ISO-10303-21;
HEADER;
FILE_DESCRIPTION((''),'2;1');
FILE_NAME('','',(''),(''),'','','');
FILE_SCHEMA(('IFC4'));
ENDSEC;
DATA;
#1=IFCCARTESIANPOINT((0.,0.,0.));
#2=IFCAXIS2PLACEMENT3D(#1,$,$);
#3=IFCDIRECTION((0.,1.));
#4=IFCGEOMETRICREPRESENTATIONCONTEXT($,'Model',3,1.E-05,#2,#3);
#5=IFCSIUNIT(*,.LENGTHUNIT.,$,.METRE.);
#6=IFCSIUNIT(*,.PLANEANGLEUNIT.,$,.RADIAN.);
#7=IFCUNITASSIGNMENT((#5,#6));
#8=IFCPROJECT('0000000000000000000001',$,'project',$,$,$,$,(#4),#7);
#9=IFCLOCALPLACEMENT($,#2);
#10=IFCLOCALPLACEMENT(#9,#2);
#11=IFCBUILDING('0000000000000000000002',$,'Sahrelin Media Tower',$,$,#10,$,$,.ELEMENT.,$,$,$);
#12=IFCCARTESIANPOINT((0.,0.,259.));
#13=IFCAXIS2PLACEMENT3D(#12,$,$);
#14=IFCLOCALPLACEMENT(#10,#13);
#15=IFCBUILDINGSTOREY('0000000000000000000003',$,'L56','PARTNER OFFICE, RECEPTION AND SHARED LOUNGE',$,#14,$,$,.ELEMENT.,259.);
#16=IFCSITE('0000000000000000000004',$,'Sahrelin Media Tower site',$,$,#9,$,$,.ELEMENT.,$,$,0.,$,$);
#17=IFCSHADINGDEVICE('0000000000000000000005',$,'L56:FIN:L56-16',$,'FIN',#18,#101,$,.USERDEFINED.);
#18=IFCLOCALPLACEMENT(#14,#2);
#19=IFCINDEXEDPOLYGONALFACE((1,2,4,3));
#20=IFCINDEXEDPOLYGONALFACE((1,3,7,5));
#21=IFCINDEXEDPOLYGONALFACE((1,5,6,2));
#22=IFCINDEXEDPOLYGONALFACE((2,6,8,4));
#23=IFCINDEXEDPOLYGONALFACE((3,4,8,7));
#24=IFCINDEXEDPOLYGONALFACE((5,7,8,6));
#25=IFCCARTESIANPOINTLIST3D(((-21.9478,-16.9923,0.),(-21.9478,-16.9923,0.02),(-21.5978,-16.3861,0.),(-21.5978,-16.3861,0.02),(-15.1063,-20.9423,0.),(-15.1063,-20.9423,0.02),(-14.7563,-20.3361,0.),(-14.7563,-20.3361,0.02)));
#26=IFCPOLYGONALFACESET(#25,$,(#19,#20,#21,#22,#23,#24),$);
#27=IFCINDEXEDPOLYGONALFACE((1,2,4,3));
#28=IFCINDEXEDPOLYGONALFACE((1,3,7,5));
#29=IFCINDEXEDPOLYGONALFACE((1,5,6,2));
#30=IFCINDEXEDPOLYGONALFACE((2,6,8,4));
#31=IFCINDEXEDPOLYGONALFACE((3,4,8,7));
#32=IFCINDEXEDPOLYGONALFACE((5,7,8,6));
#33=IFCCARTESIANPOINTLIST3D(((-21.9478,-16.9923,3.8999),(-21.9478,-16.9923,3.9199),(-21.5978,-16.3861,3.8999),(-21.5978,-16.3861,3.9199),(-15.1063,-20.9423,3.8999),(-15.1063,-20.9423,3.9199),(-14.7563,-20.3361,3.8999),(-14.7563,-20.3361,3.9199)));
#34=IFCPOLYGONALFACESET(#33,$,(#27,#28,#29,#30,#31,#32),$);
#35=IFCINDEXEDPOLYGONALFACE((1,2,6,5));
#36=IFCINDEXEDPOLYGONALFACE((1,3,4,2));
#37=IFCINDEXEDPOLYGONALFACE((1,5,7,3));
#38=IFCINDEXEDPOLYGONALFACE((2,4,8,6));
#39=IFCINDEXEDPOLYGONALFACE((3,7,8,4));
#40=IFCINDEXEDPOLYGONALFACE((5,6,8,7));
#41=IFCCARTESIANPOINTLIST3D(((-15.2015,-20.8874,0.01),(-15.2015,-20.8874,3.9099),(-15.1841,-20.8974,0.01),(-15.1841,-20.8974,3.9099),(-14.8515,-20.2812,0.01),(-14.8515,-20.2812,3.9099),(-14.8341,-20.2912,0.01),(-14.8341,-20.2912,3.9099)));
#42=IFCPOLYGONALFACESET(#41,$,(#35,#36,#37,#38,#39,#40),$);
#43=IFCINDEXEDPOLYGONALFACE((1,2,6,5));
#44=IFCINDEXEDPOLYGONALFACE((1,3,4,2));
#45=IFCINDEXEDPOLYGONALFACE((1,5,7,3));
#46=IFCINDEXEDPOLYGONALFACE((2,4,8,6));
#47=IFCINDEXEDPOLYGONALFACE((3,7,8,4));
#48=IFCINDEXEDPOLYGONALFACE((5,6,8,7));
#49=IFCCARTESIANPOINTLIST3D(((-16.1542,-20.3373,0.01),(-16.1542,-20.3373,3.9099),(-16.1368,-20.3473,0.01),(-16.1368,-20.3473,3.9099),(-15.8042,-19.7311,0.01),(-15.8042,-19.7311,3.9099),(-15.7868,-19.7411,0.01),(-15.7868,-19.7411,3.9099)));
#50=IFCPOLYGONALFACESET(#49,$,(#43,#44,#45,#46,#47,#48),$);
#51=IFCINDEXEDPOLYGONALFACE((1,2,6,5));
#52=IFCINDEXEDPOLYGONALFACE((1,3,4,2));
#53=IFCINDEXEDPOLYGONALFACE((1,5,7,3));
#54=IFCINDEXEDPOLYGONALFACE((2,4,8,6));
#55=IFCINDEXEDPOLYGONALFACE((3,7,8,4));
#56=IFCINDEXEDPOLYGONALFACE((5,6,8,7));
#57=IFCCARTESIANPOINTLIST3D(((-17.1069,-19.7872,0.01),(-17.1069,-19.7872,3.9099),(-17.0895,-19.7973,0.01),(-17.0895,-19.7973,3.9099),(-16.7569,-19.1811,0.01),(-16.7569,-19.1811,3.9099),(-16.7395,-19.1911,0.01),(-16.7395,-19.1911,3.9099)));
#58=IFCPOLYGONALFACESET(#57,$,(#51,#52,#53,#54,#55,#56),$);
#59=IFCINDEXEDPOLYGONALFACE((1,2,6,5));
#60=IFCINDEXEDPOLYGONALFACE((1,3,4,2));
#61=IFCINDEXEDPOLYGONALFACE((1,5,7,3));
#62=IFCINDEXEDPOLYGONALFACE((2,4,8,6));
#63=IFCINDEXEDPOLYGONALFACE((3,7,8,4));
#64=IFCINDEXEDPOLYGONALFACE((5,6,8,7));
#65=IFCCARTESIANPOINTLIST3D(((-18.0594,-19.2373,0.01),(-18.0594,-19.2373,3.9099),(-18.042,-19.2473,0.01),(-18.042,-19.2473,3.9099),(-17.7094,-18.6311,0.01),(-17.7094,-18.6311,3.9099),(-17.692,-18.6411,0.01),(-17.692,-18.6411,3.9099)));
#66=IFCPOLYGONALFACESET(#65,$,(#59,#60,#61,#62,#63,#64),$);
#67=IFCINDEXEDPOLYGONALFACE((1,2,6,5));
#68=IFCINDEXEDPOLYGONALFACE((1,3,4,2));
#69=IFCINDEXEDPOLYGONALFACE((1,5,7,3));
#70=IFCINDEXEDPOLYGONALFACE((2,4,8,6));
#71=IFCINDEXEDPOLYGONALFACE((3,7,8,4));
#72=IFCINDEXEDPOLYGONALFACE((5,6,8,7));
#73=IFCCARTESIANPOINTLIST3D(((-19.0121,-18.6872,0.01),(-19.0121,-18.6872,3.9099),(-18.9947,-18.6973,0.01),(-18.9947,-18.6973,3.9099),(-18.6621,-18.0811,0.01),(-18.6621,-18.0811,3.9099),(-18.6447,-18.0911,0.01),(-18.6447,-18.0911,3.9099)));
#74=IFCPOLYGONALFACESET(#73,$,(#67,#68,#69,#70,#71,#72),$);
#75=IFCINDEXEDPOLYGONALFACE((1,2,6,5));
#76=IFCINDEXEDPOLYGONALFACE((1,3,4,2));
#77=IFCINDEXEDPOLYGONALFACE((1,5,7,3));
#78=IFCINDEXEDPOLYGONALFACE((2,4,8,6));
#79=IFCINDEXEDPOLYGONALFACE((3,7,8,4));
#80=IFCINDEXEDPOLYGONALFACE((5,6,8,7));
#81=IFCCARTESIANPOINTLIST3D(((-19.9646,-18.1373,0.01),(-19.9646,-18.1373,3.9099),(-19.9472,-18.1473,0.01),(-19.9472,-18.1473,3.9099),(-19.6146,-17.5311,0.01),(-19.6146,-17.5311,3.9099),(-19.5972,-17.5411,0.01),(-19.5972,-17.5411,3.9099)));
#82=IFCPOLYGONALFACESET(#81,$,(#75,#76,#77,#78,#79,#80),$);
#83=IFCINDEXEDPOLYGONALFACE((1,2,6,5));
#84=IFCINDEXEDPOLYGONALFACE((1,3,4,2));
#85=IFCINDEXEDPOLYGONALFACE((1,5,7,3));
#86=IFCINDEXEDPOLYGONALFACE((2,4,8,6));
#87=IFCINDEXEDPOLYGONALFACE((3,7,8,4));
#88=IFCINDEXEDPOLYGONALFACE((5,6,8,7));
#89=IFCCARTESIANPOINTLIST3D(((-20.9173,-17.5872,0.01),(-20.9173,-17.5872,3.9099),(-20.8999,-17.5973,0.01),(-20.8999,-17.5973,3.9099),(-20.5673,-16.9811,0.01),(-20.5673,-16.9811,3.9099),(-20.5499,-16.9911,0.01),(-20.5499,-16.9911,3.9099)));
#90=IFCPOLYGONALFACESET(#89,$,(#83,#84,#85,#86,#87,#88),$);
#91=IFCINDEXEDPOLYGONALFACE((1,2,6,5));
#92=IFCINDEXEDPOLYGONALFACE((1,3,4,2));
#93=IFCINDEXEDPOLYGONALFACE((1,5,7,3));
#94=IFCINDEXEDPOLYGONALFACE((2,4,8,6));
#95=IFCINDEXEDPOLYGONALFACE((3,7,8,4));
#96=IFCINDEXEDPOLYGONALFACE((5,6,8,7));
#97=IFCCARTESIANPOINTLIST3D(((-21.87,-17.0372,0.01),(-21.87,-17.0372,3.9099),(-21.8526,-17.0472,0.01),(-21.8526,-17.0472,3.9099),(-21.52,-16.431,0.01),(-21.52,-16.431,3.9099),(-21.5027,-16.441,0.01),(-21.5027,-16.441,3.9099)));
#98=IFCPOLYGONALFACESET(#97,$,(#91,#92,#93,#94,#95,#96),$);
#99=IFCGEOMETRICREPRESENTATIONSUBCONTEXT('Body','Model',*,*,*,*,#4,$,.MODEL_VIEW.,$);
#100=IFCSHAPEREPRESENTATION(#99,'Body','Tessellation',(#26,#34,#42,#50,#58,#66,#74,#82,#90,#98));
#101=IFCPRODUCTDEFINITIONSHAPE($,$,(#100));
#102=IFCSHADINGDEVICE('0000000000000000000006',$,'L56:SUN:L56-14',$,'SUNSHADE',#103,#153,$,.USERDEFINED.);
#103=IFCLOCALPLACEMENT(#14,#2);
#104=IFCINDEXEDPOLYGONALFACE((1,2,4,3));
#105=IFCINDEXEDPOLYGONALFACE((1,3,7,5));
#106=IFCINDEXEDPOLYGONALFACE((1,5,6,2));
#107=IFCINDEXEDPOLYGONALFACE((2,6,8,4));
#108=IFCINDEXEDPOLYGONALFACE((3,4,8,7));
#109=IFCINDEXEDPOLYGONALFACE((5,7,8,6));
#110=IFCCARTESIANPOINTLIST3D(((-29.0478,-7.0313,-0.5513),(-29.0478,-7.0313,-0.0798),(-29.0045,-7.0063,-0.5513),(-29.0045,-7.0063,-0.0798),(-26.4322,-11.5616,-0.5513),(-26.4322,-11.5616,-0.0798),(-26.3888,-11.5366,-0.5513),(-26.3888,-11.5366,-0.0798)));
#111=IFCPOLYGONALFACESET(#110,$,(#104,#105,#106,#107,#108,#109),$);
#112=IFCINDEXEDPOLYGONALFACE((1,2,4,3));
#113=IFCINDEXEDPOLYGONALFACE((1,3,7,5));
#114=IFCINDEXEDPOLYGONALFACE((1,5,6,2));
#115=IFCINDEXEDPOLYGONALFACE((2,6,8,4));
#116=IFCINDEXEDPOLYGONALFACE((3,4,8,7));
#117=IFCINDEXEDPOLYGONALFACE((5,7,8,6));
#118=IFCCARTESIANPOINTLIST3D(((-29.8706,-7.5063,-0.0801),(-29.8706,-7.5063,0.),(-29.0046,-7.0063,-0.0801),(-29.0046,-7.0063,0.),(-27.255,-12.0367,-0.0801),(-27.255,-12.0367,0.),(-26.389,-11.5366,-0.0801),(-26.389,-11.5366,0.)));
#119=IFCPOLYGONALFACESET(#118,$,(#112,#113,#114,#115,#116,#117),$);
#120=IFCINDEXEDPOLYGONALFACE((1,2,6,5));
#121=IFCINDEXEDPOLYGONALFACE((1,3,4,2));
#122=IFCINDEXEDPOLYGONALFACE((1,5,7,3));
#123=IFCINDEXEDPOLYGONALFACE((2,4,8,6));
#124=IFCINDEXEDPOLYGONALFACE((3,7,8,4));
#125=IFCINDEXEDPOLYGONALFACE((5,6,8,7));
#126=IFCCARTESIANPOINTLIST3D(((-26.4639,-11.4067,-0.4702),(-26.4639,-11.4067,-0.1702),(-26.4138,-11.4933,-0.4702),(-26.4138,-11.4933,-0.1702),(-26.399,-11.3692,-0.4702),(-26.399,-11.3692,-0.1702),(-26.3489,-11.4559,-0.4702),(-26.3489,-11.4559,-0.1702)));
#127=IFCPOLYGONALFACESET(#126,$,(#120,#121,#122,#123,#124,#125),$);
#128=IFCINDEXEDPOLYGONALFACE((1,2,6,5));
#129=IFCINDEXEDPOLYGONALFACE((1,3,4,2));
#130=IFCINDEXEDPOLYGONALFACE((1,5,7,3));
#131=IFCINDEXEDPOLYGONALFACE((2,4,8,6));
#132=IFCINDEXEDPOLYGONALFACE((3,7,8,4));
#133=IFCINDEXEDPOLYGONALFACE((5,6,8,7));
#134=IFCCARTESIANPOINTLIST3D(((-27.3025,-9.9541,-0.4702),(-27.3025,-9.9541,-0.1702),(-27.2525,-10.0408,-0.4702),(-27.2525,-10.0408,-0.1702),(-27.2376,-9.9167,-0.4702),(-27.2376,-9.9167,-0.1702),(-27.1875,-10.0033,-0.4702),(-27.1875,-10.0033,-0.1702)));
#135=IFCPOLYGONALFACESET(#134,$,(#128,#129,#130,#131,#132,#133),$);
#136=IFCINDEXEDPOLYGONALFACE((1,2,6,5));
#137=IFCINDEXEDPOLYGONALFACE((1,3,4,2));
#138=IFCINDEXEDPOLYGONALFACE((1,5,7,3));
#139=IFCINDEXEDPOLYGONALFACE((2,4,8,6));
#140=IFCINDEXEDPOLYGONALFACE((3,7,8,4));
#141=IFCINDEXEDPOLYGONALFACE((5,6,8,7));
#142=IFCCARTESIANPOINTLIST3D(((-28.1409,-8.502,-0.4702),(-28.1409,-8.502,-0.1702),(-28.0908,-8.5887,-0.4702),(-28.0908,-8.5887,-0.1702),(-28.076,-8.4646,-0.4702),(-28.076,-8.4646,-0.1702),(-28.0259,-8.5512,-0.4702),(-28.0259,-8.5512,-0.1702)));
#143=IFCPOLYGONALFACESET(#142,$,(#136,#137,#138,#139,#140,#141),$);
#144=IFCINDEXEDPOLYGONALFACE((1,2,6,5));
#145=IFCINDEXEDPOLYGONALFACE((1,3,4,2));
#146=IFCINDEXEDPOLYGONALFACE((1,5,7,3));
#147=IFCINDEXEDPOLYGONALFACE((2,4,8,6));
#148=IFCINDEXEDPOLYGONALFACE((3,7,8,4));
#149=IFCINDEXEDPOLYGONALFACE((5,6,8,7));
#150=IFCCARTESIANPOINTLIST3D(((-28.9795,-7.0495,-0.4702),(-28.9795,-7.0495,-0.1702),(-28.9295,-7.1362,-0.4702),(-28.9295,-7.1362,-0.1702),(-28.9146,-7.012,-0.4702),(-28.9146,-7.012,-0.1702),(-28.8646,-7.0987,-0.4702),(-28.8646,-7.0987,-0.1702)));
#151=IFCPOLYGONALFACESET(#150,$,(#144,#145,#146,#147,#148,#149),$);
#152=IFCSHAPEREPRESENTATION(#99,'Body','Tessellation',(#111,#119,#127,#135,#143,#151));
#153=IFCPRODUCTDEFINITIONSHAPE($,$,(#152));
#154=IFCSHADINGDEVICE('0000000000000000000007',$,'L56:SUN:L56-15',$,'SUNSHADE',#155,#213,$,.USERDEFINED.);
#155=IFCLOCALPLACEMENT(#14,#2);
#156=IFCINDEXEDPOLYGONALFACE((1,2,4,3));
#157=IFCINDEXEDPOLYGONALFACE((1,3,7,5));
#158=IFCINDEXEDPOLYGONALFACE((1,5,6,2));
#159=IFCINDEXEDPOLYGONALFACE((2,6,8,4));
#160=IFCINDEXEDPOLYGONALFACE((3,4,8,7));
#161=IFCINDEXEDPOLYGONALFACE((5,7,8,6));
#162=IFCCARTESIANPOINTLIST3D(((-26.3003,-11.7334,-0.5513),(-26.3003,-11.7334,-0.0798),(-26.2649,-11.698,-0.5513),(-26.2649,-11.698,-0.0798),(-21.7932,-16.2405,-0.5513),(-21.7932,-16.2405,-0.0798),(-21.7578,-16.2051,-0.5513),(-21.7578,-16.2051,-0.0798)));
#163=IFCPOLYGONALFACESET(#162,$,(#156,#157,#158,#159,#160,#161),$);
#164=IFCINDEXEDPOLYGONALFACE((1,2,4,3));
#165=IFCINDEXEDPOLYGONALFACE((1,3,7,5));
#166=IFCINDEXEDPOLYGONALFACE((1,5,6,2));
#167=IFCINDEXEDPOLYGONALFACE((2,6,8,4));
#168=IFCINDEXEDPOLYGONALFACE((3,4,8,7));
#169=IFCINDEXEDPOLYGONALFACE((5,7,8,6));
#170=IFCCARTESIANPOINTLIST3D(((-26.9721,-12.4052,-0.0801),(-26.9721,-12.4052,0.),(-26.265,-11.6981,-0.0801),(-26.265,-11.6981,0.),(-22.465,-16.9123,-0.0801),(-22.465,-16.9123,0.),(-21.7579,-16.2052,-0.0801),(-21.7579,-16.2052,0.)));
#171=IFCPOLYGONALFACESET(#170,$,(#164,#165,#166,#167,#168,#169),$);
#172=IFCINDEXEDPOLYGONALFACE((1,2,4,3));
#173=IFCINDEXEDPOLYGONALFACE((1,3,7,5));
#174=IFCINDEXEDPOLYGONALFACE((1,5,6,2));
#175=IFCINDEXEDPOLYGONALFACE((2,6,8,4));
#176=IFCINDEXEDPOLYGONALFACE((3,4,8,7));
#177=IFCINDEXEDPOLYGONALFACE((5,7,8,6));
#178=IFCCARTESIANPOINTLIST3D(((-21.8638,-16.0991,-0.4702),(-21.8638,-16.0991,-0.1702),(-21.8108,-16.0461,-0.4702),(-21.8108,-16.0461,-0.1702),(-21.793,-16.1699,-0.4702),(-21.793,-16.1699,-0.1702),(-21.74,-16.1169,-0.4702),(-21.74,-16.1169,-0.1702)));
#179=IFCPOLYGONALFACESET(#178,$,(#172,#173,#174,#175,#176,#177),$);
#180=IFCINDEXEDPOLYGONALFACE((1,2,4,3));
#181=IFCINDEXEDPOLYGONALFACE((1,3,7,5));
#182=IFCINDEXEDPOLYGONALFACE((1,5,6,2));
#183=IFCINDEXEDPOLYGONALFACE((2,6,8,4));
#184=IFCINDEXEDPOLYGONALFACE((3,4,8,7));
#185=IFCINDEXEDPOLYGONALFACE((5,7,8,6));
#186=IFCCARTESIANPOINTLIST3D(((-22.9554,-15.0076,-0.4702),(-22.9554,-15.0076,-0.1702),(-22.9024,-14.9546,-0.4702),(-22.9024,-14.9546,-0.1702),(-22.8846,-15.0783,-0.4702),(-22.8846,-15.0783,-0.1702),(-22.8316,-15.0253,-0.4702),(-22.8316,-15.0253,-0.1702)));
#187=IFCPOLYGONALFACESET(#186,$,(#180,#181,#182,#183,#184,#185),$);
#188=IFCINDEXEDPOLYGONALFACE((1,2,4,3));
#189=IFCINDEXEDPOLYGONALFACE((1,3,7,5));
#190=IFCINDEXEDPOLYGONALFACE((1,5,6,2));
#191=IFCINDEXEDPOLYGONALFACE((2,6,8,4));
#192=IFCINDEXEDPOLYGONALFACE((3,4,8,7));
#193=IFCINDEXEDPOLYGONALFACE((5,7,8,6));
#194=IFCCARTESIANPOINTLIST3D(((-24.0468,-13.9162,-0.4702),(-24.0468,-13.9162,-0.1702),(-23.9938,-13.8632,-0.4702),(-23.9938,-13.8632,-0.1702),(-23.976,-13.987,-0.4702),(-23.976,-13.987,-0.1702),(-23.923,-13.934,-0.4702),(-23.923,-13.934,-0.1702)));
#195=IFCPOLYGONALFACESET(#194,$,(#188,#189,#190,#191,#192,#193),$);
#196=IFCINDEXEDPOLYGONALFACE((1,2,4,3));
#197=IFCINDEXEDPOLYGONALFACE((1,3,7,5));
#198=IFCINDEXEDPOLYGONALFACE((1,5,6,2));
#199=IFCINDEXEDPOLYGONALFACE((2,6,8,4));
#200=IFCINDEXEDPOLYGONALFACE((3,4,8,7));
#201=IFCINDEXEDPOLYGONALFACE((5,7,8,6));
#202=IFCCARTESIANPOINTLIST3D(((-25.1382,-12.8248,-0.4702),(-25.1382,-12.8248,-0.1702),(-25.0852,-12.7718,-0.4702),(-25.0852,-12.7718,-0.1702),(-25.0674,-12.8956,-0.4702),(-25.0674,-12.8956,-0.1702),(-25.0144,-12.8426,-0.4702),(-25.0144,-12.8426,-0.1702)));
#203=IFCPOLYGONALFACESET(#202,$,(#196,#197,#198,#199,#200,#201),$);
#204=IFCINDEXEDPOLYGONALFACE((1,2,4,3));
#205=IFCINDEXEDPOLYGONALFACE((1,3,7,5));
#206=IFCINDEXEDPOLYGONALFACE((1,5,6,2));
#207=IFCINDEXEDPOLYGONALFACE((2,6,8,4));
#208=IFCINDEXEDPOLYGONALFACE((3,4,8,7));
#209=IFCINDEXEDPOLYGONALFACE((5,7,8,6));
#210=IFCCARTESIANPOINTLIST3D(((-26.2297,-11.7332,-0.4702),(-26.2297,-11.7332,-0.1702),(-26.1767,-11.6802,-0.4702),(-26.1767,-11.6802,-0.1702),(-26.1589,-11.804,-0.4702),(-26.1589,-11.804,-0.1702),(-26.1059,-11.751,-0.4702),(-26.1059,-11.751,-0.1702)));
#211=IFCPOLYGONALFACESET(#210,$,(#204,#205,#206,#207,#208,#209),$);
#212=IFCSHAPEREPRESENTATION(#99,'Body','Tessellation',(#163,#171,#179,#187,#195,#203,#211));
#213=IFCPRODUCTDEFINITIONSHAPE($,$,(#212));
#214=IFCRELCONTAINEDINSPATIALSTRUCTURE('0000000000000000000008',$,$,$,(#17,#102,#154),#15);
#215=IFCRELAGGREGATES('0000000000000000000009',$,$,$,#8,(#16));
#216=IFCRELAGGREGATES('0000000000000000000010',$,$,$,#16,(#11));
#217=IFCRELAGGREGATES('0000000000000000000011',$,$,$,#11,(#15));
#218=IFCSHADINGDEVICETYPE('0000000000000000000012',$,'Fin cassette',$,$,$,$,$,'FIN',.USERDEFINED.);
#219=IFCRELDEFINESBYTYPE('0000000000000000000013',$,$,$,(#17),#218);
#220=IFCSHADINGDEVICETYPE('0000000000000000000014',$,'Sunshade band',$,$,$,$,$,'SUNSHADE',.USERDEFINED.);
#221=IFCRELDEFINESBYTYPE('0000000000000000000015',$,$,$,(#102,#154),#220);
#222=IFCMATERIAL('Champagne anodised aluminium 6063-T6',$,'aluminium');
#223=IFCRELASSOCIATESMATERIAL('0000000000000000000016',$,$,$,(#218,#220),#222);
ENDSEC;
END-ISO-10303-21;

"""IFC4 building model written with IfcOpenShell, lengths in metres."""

from ifc_helpers import new_model, si_unit, direction, frame, origin, origin_2d, place, context, subcontext, project, spatial, rectangle, extrude, material, type_object, element, save


model = new_model("IFC4")

# Units and contexts
model_context = context("Model", 3, precision=1e-05, world=origin(), true_north=direction((0.0, 1.0)))
body_context = subcontext(model_context, "Body", "Model", "MODEL_VIEW")
ifc_project = project(units=[si_unit("LENGTHUNIT", "METRE"), si_unit("PLANEANGLEUNIT", "RADIAN")], contexts=[model_context])

# Site, building, storey
site_placement = place(None, origin())
site = spatial("IfcSite", under=ifc_project, at=site_placement, Name="Sahrelin Media Tower site", CompositionType="ELEMENT", RefElevation=0.0)
building_placement = place(site_placement, origin())
building = spatial("IfcBuilding", under=site, at=building_placement, Name="Sahrelin Media Tower", CompositionType="ELEMENT")
storey_placement = place(building_placement, frame((0.0, 0.0, 259.0)))
storey = spatial("IfcBuildingStorey", under=building, at=storey_placement, Name="L56", Description="PARTNER OFFICE, RECEPTION AND SHARED LOUNGE", CompositionType="ELEMENT", Elevation=259.0)

# Shared definitions
ifc_material_1 = material(Name="Champagne anodised aluminium 6063-T6", Category="aluminium")

# Shading devices
shading_device_type_1 = type_object("IfcShadingDeviceType", Name="Fin cassette", ElementType="FIN", PredefinedType="USERDEFINED", material=ifc_material_1)
placement_1 = place(storey_placement, frame((-27.6794, -9.2615, 0.0), z_axis=(0.0, 0.0, 1.0), x_axis=(-0.500011, 0.866019, 0.0)))
placement_2 = place(storey_placement, frame((-23.9973, -13.9375, 0.0), z_axis=(0.0, 0.0, 1.0), x_axis=(-0.707107, 0.707107, 0.0)))
placement_3 = place(storey_placement, frame((-18.1421, -18.3005, 0.0), z_axis=(0.0, 0.0, 1.0), x_axis=(-0.866019, 0.500011, 0.0)))
element("IfcShadingDevice", 1, at=placement_3, inside=storey, type_object=shading_device_type_1, Name="L56:FIN:L56-16", ObjectType="FIN", PredefinedType="USERDEFINED", context=body_context, shape_type="SweptSolid", body=[
    extrude(rectangle(XDim=7.8999, YDim=0.7, at=origin_2d()), frame((0.0, 0.4199, 0.0)), (0.0, 0.0, 1.0), 0.02),
    extrude(rectangle(XDim=7.8999, YDim=0.7, at=origin_2d()), frame((0.0, 0.4199, 3.8999)), (0.0, 0.0, 1.0), 0.02),
    extrude(rectangle(XDim=0.02, YDim=0.7, at=origin_2d()), frame((-3.8501, 0.4199, 0.01), z_axis=(0.0, 0.0, 1.0), x_axis=(1.0, 0.0, 0.0)), (0.0, 0.0, 1.0), 3.8999),
    extrude(rectangle(XDim=0.02, YDim=0.7, at=origin_2d()), frame((-2.75, 0.4199, 0.01), z_axis=(0.0, 0.0, 1.0), x_axis=(1.0, 0.0, 0.0)), (0.0, 0.0, 1.0), 3.8999),
    extrude(rectangle(XDim=0.02, YDim=0.7, at=origin_2d()), frame((-1.6499, 0.4199, 0.01), z_axis=(0.0, 0.0, 1.0), x_axis=(1.0, 0.0, 0.0)), (0.0, 0.0, 1.0), 3.8999),
    extrude(rectangle(XDim=0.02, YDim=0.7, at=origin_2d()), frame((-0.55, 0.4199, 0.01), z_axis=(0.0, 0.0, 1.0), x_axis=(1.0, 0.0, 0.0)), (0.0, 0.0, 1.0), 3.8999),
    extrude(rectangle(XDim=0.02, YDim=0.7, at=origin_2d()), frame((0.55, 0.4199, 0.01), z_axis=(0.0, 0.0, 1.0), x_axis=(1.0, 0.0, 0.0)), (0.0, 0.0, 1.0), 3.8999),
    extrude(rectangle(XDim=0.02, YDim=0.7, at=origin_2d()), frame((1.6499, 0.4199, 0.01), z_axis=(0.0, 0.0, 1.0), x_axis=(1.0, 0.0, 0.0)), (0.0, 0.0, 1.0), 3.8999),
    extrude(rectangle(XDim=0.02, YDim=0.7, at=origin_2d()), frame((2.75, 0.4199, 0.01), z_axis=(0.0, 0.0, 1.0), x_axis=(1.0, 0.0, 0.0)), (0.0, 0.0, 1.0), 3.8999),
    extrude(rectangle(XDim=0.02, YDim=0.7, at=origin_2d()), frame((3.8501, 0.4199, 0.01), z_axis=(0.0, 0.0, 1.0), x_axis=(1.0, 0.0, 0.0)), (0.0, 0.0, 1.0), 3.8999),
])
shading_device_type_2 = type_object("IfcShadingDeviceType", Name="Sunshade band", ElementType="SUNSHADE", PredefinedType="USERDEFINED", material=ifc_material_1)
element("IfcShadingDevice", 2, at=placement_1, inside=storey, type_object=shading_device_type_2, Name="L56:SUN:L56-14", ObjectType="SUNSHADE", PredefinedType="USERDEFINED", context=body_context, shape_type="SweptSolid", body=[
    extrude(rectangle(XDim=5.2312, YDim=0.05, at=origin_2d()), frame((0.0, 0.0449, -0.5513)), (0.0, 0.0, 1.0), 0.4714),
    extrude(rectangle(XDim=5.2312, YDim=1.0, at=origin_2d()), frame((0.0, 0.52, -0.0801)), (0.0, 0.0, 1.0), 0.0801),
    extrude(rectangle(XDim=0.1001, YDim=0.075, at=origin_2d()), frame((-2.5156, -0.0176, -0.4702)), (0.0, 0.0, 1.0), 0.3),
    extrude(rectangle(XDim=0.1001, YDim=0.075, at=origin_2d()), frame((-0.8384, -0.0176, -0.4702)), (0.0, 0.0, 1.0), 0.3),
    extrude(rectangle(XDim=0.1001, YDim=0.075, at=origin_2d()), frame((0.8384, -0.0176, -0.4702)), (0.0, 0.0, 1.0), 0.3),
    extrude(rectangle(XDim=0.1001, YDim=0.075, at=origin_2d()), frame((2.5156, -0.0176, -0.4702)), (0.0, 0.0, 1.0), 0.3),
])
element("IfcShadingDevice", 3, at=placement_2, inside=storey, type_object=shading_device_type_2, Name="L56:SUN:L56-15", ObjectType="SUNSHADE", PredefinedType="USERDEFINED", context=body_context, shape_type="SweptSolid", body=[
    extrude(rectangle(XDim=6.374, YDim=0.05, at=origin_2d()), frame((0.0, 0.0449, -0.5513)), (0.0, 0.0, 1.0), 0.4714),
    extrude(rectangle(XDim=6.374, YDim=1.0, at=origin_2d()), frame((0.0, 0.52, -0.0801)), (0.0, 0.0, 1.0), 0.0801),
    extrude(rectangle(XDim=0.1001, YDim=0.075, at=origin_2d()), frame((-3.0872, -0.0176, -0.4702)), (0.0, 0.0, 1.0), 0.3),
    extrude(rectangle(XDim=0.1001, YDim=0.075, at=origin_2d()), frame((-1.5435, -0.0176, -0.4702)), (0.0, 0.0, 1.0), 0.3),
    extrude(rectangle(XDim=0.1001, YDim=0.075, at=origin_2d()), frame((0.0, -0.0176, -0.4702)), (0.0, 0.0, 1.0), 0.3),
    extrude(rectangle(XDim=0.1001, YDim=0.075, at=origin_2d()), frame((1.5435, -0.0176, -0.4702)), (0.0, 0.0, 1.0), 0.3),
    extrude(rectangle(XDim=0.1001, YDim=0.075, at=origin_2d()), frame((3.0872, -0.0176, -0.4702)), (0.0, 0.0, 1.0), 0.3),
])

save(model, "model.ifc")
